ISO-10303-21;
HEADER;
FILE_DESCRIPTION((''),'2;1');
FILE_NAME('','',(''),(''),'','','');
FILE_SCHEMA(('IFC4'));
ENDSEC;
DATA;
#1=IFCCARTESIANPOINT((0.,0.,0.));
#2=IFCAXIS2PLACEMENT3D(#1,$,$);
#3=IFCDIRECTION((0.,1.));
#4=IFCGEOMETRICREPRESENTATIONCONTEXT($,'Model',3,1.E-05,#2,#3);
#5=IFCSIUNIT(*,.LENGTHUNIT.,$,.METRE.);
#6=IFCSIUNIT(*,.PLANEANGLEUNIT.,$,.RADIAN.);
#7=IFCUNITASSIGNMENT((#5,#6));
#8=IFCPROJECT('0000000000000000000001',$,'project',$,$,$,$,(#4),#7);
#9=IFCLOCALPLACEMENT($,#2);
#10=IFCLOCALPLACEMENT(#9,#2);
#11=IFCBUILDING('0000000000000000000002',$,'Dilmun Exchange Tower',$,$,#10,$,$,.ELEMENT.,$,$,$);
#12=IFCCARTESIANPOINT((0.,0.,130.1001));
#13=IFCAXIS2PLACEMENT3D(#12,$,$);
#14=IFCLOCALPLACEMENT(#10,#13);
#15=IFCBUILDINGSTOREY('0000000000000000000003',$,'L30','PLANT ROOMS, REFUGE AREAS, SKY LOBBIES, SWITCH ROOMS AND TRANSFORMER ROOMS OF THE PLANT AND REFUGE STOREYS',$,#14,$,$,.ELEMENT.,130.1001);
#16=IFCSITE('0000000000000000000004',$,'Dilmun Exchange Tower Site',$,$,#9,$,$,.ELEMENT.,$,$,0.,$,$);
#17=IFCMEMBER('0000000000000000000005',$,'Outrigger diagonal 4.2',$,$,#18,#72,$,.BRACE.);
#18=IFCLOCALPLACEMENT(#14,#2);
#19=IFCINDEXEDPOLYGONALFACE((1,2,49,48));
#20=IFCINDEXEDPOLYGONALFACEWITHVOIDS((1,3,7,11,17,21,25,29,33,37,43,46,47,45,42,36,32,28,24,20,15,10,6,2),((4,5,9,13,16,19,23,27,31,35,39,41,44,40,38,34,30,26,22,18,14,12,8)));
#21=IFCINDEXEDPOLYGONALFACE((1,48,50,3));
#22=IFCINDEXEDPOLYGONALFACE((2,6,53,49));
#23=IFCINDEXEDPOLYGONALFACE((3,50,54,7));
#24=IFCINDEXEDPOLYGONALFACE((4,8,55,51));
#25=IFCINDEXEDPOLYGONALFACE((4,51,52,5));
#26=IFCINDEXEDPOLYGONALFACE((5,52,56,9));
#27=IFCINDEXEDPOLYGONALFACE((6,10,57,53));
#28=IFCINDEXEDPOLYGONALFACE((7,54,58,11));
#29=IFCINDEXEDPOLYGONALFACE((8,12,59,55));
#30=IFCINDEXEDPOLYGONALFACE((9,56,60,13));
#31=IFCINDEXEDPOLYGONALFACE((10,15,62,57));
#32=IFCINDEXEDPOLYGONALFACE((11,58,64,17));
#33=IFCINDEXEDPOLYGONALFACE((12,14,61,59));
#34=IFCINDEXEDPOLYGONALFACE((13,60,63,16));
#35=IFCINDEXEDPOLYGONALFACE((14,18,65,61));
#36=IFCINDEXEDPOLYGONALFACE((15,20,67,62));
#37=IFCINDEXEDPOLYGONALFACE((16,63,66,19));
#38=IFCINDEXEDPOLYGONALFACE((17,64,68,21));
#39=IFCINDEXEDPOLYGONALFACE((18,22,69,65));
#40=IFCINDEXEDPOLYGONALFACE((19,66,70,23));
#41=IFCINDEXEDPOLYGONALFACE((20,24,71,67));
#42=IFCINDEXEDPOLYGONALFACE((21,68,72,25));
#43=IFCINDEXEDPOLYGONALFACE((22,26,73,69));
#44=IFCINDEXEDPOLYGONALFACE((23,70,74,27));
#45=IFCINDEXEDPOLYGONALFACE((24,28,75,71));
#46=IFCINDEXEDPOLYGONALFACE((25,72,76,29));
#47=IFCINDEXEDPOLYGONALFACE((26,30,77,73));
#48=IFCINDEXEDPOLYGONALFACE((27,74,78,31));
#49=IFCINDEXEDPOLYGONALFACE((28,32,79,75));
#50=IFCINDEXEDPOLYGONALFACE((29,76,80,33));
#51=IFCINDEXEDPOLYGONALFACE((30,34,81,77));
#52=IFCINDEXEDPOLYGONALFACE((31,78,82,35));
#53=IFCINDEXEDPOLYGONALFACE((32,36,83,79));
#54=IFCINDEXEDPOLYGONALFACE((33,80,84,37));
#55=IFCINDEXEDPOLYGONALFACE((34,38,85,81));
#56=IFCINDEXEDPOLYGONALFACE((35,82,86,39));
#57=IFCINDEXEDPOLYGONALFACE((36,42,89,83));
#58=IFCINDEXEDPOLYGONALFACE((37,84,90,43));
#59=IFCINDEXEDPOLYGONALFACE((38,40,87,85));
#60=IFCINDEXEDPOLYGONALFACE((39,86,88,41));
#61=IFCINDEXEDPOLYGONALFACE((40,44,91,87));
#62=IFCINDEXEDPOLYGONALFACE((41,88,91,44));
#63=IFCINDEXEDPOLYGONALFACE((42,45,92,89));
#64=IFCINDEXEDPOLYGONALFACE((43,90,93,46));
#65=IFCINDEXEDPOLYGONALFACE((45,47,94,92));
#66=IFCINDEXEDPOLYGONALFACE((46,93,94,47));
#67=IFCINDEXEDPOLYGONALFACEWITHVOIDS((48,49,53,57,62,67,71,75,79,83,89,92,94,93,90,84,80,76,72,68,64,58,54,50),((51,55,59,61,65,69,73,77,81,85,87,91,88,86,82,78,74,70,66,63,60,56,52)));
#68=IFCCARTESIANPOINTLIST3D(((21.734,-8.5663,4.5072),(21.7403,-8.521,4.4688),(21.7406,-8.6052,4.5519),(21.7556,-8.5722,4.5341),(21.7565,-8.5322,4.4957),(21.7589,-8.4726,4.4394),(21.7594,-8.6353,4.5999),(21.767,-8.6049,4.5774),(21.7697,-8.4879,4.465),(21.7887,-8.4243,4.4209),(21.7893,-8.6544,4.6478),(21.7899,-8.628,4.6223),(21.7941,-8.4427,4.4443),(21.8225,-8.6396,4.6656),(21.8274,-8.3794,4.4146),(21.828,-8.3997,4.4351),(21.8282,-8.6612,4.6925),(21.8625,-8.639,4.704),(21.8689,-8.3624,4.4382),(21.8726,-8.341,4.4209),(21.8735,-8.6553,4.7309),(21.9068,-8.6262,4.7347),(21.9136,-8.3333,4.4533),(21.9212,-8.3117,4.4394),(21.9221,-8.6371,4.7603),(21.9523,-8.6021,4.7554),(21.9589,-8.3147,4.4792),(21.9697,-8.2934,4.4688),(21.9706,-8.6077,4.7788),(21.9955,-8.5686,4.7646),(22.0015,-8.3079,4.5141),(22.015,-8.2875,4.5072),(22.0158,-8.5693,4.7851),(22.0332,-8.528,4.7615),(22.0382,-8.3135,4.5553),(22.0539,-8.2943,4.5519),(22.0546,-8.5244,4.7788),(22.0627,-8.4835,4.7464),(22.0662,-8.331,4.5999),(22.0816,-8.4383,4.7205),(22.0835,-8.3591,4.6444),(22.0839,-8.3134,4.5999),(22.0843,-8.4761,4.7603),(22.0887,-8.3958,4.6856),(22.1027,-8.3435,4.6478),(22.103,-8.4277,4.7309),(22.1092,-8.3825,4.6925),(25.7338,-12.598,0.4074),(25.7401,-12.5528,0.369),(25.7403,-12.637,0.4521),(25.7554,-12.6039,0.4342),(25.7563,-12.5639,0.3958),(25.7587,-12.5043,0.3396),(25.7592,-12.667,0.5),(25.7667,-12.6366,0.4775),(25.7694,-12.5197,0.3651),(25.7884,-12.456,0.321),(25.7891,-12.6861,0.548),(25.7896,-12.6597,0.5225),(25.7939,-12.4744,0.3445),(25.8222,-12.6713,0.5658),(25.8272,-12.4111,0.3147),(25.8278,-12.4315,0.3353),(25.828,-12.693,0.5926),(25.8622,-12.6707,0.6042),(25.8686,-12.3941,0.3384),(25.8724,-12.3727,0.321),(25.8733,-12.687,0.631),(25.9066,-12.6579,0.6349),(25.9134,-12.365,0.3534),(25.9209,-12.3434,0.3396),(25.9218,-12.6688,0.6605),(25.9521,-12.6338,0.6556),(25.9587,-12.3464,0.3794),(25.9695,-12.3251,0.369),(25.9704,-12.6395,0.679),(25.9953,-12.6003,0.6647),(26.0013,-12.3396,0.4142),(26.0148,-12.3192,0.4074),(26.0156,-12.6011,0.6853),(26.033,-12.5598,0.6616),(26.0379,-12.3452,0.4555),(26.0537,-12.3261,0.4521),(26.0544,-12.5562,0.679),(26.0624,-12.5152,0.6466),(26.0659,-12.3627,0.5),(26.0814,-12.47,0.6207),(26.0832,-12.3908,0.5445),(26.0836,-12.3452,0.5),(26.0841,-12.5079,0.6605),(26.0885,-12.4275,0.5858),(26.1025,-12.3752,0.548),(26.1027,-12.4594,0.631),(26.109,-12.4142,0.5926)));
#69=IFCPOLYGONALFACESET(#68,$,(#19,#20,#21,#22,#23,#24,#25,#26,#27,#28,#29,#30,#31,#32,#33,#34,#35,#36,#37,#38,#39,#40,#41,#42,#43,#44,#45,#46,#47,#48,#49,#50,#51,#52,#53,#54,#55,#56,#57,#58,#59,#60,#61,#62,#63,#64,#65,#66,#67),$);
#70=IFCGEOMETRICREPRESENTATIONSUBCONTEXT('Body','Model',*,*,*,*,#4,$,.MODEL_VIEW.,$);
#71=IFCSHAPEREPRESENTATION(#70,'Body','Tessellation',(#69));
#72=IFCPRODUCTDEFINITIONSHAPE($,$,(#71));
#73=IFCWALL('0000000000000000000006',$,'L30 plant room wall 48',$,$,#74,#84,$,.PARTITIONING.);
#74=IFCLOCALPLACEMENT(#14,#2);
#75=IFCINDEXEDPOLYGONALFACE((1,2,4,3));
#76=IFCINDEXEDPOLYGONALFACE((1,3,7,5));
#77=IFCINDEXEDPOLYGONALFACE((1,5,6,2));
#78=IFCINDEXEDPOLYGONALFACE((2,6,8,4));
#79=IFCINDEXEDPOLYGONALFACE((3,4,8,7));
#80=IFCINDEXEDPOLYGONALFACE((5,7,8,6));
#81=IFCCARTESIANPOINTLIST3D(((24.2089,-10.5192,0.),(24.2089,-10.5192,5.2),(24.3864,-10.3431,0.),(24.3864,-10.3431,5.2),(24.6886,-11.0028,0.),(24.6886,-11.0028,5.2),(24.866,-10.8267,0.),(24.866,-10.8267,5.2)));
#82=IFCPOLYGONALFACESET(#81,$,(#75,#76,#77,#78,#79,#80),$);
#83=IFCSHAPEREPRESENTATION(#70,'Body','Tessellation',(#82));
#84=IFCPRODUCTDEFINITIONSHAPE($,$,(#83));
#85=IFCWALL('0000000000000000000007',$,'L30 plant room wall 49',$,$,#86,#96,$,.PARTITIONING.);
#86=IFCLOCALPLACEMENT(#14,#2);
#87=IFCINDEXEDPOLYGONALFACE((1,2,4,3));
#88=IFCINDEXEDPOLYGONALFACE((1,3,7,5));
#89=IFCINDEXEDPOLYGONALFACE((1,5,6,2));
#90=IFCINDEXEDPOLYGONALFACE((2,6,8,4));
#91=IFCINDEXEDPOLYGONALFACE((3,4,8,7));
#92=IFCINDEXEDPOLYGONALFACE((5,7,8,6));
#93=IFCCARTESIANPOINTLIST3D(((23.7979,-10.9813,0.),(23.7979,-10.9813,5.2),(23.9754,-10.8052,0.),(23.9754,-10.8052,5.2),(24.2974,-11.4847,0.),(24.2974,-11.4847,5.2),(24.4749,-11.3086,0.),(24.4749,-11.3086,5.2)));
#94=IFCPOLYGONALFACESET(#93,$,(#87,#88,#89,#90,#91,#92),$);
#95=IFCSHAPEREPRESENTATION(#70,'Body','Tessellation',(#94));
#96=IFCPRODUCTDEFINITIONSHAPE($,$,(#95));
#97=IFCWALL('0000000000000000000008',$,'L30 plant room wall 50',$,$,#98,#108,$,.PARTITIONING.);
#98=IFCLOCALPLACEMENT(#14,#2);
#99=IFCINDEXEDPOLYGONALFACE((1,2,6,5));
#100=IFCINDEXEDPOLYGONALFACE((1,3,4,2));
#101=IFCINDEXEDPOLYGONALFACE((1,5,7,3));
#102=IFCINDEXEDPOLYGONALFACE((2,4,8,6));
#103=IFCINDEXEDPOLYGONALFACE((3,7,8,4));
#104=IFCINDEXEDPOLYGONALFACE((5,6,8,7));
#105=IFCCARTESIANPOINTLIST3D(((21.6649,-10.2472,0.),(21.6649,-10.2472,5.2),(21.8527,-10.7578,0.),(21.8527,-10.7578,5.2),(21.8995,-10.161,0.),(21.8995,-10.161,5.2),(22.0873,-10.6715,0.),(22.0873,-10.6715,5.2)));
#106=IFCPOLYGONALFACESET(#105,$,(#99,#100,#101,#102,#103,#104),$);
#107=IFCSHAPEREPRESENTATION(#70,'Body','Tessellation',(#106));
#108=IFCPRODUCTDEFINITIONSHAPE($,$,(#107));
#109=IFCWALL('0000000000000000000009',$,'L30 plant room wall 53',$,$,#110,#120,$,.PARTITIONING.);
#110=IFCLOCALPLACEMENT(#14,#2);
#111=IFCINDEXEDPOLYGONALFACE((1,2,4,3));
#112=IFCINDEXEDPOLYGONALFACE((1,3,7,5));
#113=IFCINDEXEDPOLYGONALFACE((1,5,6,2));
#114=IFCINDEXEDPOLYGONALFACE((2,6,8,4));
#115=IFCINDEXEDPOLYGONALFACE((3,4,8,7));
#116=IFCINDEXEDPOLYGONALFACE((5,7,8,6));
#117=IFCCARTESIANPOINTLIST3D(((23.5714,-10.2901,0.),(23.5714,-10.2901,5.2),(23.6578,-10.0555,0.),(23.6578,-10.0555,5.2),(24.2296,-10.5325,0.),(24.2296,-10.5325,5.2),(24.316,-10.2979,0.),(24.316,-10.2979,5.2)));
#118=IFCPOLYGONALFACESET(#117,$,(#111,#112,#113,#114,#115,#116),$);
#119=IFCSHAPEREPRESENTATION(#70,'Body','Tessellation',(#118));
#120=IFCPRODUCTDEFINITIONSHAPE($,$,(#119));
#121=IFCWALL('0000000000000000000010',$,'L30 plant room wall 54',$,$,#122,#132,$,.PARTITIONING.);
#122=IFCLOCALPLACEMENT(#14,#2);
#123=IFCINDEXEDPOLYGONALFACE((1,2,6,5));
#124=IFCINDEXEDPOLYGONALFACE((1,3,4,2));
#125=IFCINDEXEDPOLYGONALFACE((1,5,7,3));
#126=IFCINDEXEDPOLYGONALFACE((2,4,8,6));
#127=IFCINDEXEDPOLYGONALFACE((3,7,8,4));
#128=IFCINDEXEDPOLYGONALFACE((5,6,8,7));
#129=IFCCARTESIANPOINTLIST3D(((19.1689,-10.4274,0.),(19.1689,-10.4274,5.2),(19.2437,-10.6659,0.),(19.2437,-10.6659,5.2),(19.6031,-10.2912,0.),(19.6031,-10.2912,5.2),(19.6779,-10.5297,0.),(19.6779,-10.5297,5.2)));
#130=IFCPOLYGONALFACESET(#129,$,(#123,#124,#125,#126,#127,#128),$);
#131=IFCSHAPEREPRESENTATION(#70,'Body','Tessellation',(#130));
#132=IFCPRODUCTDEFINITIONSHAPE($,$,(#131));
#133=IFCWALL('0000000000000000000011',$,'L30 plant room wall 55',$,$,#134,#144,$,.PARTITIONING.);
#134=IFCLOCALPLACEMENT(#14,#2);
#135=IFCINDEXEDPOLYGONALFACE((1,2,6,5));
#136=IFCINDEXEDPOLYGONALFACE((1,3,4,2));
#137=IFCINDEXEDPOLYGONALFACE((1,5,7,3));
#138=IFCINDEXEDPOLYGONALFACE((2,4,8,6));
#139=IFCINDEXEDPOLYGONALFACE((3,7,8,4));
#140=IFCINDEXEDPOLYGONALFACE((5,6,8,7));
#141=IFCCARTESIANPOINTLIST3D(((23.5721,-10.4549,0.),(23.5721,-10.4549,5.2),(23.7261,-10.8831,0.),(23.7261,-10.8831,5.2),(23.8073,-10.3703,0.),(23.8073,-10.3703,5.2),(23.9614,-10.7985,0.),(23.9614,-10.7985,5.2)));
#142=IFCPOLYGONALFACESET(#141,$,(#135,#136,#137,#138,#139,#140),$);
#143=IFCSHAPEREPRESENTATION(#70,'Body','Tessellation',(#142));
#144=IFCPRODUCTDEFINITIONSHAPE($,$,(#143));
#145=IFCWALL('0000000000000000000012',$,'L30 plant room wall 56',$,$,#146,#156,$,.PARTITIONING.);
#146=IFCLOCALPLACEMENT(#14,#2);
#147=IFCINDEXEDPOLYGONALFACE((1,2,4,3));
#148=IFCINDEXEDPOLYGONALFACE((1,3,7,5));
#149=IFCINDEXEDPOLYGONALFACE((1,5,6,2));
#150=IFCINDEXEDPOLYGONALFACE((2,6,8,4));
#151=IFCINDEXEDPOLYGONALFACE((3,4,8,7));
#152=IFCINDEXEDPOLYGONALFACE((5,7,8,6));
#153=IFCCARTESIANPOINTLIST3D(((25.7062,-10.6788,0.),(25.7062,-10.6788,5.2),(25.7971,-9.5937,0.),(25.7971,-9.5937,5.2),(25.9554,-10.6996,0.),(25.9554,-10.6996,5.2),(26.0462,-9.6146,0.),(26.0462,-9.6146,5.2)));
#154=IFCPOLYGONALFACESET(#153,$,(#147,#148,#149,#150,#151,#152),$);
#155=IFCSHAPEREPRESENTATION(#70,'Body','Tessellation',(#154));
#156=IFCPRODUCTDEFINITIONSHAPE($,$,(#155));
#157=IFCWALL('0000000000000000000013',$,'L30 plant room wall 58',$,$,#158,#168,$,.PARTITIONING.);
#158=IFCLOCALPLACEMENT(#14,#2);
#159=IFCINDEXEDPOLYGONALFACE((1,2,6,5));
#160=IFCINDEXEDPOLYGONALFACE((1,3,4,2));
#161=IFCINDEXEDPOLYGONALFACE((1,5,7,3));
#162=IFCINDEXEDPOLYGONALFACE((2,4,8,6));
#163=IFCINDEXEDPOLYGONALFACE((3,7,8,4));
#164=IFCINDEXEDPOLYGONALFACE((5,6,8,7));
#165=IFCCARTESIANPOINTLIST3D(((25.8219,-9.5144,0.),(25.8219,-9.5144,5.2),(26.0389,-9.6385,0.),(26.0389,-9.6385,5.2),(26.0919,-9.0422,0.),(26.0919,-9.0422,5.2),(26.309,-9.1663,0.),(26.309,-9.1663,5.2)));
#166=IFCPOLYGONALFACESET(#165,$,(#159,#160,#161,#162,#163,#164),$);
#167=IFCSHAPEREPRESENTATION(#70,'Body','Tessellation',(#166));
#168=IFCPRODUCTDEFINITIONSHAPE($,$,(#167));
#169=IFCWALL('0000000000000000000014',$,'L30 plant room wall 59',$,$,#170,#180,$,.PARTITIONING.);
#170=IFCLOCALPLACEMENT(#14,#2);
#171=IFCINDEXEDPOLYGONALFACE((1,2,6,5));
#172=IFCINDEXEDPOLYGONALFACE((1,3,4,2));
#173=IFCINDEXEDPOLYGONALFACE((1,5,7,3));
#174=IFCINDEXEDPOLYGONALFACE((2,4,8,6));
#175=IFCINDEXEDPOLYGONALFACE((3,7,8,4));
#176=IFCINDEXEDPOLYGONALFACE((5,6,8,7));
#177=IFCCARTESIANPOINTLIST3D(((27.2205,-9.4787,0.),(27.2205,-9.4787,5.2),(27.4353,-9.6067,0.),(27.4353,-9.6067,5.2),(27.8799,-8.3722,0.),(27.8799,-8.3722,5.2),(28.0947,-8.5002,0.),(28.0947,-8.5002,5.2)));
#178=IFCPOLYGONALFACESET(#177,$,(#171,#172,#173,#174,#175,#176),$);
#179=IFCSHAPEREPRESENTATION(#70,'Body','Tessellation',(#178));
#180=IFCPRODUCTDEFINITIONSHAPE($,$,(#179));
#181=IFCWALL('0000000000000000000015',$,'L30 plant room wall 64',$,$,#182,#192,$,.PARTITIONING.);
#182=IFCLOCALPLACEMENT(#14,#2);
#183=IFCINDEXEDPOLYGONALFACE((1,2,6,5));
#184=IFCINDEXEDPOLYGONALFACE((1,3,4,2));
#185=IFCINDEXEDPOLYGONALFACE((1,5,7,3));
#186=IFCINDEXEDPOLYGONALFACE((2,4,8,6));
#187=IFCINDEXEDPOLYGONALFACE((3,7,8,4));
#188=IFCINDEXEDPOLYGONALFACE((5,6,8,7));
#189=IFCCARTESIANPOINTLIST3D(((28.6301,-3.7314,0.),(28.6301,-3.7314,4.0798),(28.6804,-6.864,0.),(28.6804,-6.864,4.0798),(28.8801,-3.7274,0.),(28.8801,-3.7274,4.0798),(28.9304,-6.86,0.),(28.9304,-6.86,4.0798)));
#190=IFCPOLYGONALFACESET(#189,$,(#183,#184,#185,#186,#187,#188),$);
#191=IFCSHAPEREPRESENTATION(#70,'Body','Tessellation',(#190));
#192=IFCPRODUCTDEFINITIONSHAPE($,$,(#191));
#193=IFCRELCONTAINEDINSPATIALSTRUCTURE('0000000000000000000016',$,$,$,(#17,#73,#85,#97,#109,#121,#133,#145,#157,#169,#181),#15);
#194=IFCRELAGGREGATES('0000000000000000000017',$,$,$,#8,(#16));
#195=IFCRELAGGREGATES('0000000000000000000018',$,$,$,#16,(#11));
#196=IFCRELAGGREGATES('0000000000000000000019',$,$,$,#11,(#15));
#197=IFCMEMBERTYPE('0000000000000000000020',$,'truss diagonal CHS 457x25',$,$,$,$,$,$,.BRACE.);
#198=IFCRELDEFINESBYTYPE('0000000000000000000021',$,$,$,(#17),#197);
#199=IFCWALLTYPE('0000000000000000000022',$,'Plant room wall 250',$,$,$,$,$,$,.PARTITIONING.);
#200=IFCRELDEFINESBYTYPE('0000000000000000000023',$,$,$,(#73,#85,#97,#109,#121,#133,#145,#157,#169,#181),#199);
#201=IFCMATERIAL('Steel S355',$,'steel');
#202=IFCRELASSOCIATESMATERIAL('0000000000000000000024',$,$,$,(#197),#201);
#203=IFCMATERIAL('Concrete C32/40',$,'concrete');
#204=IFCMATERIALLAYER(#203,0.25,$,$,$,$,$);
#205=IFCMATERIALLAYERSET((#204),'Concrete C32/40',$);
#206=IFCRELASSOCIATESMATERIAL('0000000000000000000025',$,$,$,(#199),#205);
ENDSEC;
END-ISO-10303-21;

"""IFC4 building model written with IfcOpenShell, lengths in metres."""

from ifc_helpers import new_model, si_unit, direction, frame, frame_2d, origin, origin_2d, place, context, subcontext, project, spatial, rectangle, hollow_circle, extrude, material, layer, layer_set, material_profile, profile_set, type_object, element, save


model = new_model("IFC4")

# Units and contexts
model_context = context("Model", 3, precision=1e-05, world=origin(), true_north=direction((0.0, 1.0)))
body_context = subcontext(model_context, "Body", "Model", "MODEL_VIEW")
ifc_project = project(units=[si_unit("LENGTHUNIT", "METRE"), si_unit("PLANEANGLEUNIT", "RADIAN")], contexts=[model_context])

# Site, building, storey
site_placement = place(None, origin())
site = spatial("IfcSite", under=ifc_project, at=site_placement, Name="Dilmun Exchange Tower Site", CompositionType="ELEMENT", RefElevation=0.0)
building_placement = place(site_placement, origin())
building = spatial("IfcBuilding", under=site, at=building_placement, Name="Dilmun Exchange Tower", CompositionType="ELEMENT")
storey_placement = place(building_placement, frame((0.0, 0.0, 130.1001)))
storey = spatial("IfcBuildingStorey", under=building, at=storey_placement, Name="L30", Description="PLANT ROOMS, REFUGE AREAS, SKY LOBBIES, SWITCH ROOMS AND TRANSFORMER ROOMS OF THE PLANT AND REFUGE STOREYS", CompositionType="ELEMENT", Elevation=130.1001)

# Shared definitions
ifc_material_1 = material(Name="Steel S355", Category="steel")

# Member
ifc_material_profile_1 = material_profile(ifc_material_1, hollow_circle(Radius=0.2285, WallThickness=0.0249, at=origin_2d()), Name="CHS 457x25")
ifc_profile_set_1 = profile_set([ifc_material_profile_1], Name="Steel S355")
member_type_1 = type_object("IfcMemberType", Name="truss diagonal CHS 457x25", PredefinedType="BRACE", material=ifc_profile_set_1)
member_1_placement = place(storey_placement, frame((21.9216, -8.4744, 4.5999), z_axis=(0.571034, -0.5756, -0.585325), x_axis=(0.709917, 0.704285, 0.0)))
element("IfcMember", 1, at=member_1_placement, inside=storey, type_object=member_type_1, Name="Outrigger diagonal 4.2", PredefinedType="BRACE", context=body_context, shape_type="SweptSolid", body=[
    extrude(hollow_circle(Radius=0.2285, WallThickness=0.0249, at=origin_2d()), origin(), (0.0, 0.0, 1.0), 7.0044),
])

# Walls
ifc_material_2 = material(Name="Concrete C32/40", Category="concrete")
ifc_layer_1 = layer(ifc_material_2, 0.25)
ifc_layer_set_1 = layer_set([ifc_layer_1], Name="Concrete C32/40")
wall_type = type_object("IfcWallType", Name="Plant room wall 250", PredefinedType="PARTITIONING", material=ifc_layer_set_1)
wall_1_placement = place(storey_placement, frame((24.2976, -10.4312, 0.0), z_axis=(0.0, 0.0, 1.0), x_axis=(0.704234, -0.709968, 0.0)))
element("IfcWall", 2, at=wall_1_placement, inside=storey, type_object=wall_type, Name="L30 plant room wall 48", PredefinedType="PARTITIONING", context=body_context, shape_type="SweptSolid", body=[
    extrude(rectangle(XDim=0.6812, YDim=0.25, at=frame_2d((0.3406, 0.0))), origin(), (0.0, 0.0, 1.0), 5.2),
])
wall_2_placement = place(storey_placement, frame((23.8867, -10.8933, 0.0), z_axis=(0.0, 0.0, 1.0), x_axis=(0.704347, -0.709855, 0.0)))
element("IfcWall", 3, at=wall_2_placement, inside=storey, type_object=wall_type, Name="L30 plant room wall 49", PredefinedType="PARTITIONING", context=body_context, shape_type="SweptSolid", body=[
    extrude(rectangle(XDim=0.7092, YDim=0.25, at=frame_2d((0.3545, 0.0))), origin(), (0.0, 0.0, 1.0), 5.2),
])
wall_3_placement = place(storey_placement, frame((21.7822, -10.2041, 0.0), z_axis=(0.0, 0.0, 1.0), x_axis=(0.345164, -0.938542, 0.0)))
element("IfcWall", 4, at=wall_3_placement, inside=storey, type_object=wall_type, Name="L30 plant room wall 50", PredefinedType="PARTITIONING", context=body_context, shape_type="SweptSolid", body=[
    extrude(rectangle(XDim=0.5439, YDim=0.25, at=frame_2d((0.272, 0.0))), origin(), (0.0, 0.0, 1.0), 5.2),
])
wall_4_placement = place(storey_placement, frame((23.6147, -10.1729, 0.0), z_axis=(0.0, 0.0, 1.0), x_axis=(0.938373, -0.345625, 0.0)))
element("IfcWall", 5, at=wall_4_placement, inside=storey, type_object=wall_type, Name="L30 plant room wall 53", PredefinedType="PARTITIONING", context=body_context, shape_type="SweptSolid", body=[
    extrude(rectangle(XDim=0.7014, YDim=0.25, at=frame_2d((0.3506, 0.0))), origin(), (0.0, 0.0, 1.0), 5.2),
])
for number, where, z_axis, x_axis, name in (
    (6, (19.2063, -10.5466, 0.0), (0.0, 0.0, 1.0), (0.954165, 0.299283, 0.0), "L30 plant room wall 54"),
    (7, (23.6897, -10.4126, 0.0), (0.0, 0.0, 1.0), (0.33851, -0.940963, 0.0), "L30 plant room wall 55"),
):
    element("IfcWall", number, at=place(storey_placement, frame(where, z_axis=z_axis, x_axis=x_axis)), inside=storey, type_object=wall_type, Name=name, PredefinedType="PARTITIONING", context=body_context, shape_type="SweptSolid", body=[
        extrude(rectangle(XDim=0.4551, YDim=0.25, at=frame_2d((0.2275, 0.0))), origin(), (0.0, 0.0, 1.0), 5.2),
    ])
wall_5_placement = place(storey_placement, frame((25.8308, -10.6892, 0.0), z_axis=(0.0, 0.0, 1.0), x_axis=(0.083417, 0.996515, 0.0)))
element("IfcWall", 8, at=wall_5_placement, inside=storey, type_object=wall_type, Name="L30 plant room wall 56", PredefinedType="PARTITIONING", context=body_context, shape_type="SweptSolid", body=[
    extrude(rectangle(XDim=1.0889, YDim=0.25, at=frame_2d((0.5444, 0.0))), origin(), (0.0, 0.0, 1.0), 5.2),
])
wall_6_placement = place(storey_placement, frame((25.9304, -9.5764, 0.0), z_axis=(0.0, 0.0, 1.0), x_axis=(0.496429, 0.868077, 0.0)))
element("IfcWall", 9, at=wall_6_placement, inside=storey, type_object=wall_type, Name="L30 plant room wall 58", PredefinedType="PARTITIONING", context=body_context, shape_type="SweptSolid", body=[
    extrude(rectangle(XDim=0.5439, YDim=0.25, at=frame_2d((0.272, 0.0))), origin(), (0.0, 0.0, 1.0), 5.2),
])
wall_7_placement = place(storey_placement, frame((27.3279, -9.5427, 0.0), z_axis=(0.0, 0.0, 1.0), x_axis=(0.511957, 0.859011, 0.0)))
element("IfcWall", 10, at=wall_7_placement, inside=storey, type_object=wall_type, Name="L30 plant room wall 59", PredefinedType="PARTITIONING", context=body_context, shape_type="SweptSolid", body=[
    extrude(rectangle(XDim=1.2881, YDim=0.25, at=frame_2d((0.644, 0.0))), origin(), (0.0, 0.0, 1.0), 5.2),
])
wall_8_placement = place(storey_placement, frame((28.7551, -3.7295, 0.0), z_axis=(0.0, 0.0, 1.0), x_axis=(0.016053, -0.999871, 0.0)))
element("IfcWall", 11, at=wall_8_placement, inside=storey, type_object=wall_type, Name="L30 plant room wall 64", PredefinedType="PARTITIONING", context=body_context, shape_type="SweptSolid", body=[
    extrude(rectangle(XDim=3.1331, YDim=0.25, at=frame_2d((1.5664, 0.0))), origin(), (0.0, 0.0, 1.0), 4.0798),
])

save(model, "model.ifc")
